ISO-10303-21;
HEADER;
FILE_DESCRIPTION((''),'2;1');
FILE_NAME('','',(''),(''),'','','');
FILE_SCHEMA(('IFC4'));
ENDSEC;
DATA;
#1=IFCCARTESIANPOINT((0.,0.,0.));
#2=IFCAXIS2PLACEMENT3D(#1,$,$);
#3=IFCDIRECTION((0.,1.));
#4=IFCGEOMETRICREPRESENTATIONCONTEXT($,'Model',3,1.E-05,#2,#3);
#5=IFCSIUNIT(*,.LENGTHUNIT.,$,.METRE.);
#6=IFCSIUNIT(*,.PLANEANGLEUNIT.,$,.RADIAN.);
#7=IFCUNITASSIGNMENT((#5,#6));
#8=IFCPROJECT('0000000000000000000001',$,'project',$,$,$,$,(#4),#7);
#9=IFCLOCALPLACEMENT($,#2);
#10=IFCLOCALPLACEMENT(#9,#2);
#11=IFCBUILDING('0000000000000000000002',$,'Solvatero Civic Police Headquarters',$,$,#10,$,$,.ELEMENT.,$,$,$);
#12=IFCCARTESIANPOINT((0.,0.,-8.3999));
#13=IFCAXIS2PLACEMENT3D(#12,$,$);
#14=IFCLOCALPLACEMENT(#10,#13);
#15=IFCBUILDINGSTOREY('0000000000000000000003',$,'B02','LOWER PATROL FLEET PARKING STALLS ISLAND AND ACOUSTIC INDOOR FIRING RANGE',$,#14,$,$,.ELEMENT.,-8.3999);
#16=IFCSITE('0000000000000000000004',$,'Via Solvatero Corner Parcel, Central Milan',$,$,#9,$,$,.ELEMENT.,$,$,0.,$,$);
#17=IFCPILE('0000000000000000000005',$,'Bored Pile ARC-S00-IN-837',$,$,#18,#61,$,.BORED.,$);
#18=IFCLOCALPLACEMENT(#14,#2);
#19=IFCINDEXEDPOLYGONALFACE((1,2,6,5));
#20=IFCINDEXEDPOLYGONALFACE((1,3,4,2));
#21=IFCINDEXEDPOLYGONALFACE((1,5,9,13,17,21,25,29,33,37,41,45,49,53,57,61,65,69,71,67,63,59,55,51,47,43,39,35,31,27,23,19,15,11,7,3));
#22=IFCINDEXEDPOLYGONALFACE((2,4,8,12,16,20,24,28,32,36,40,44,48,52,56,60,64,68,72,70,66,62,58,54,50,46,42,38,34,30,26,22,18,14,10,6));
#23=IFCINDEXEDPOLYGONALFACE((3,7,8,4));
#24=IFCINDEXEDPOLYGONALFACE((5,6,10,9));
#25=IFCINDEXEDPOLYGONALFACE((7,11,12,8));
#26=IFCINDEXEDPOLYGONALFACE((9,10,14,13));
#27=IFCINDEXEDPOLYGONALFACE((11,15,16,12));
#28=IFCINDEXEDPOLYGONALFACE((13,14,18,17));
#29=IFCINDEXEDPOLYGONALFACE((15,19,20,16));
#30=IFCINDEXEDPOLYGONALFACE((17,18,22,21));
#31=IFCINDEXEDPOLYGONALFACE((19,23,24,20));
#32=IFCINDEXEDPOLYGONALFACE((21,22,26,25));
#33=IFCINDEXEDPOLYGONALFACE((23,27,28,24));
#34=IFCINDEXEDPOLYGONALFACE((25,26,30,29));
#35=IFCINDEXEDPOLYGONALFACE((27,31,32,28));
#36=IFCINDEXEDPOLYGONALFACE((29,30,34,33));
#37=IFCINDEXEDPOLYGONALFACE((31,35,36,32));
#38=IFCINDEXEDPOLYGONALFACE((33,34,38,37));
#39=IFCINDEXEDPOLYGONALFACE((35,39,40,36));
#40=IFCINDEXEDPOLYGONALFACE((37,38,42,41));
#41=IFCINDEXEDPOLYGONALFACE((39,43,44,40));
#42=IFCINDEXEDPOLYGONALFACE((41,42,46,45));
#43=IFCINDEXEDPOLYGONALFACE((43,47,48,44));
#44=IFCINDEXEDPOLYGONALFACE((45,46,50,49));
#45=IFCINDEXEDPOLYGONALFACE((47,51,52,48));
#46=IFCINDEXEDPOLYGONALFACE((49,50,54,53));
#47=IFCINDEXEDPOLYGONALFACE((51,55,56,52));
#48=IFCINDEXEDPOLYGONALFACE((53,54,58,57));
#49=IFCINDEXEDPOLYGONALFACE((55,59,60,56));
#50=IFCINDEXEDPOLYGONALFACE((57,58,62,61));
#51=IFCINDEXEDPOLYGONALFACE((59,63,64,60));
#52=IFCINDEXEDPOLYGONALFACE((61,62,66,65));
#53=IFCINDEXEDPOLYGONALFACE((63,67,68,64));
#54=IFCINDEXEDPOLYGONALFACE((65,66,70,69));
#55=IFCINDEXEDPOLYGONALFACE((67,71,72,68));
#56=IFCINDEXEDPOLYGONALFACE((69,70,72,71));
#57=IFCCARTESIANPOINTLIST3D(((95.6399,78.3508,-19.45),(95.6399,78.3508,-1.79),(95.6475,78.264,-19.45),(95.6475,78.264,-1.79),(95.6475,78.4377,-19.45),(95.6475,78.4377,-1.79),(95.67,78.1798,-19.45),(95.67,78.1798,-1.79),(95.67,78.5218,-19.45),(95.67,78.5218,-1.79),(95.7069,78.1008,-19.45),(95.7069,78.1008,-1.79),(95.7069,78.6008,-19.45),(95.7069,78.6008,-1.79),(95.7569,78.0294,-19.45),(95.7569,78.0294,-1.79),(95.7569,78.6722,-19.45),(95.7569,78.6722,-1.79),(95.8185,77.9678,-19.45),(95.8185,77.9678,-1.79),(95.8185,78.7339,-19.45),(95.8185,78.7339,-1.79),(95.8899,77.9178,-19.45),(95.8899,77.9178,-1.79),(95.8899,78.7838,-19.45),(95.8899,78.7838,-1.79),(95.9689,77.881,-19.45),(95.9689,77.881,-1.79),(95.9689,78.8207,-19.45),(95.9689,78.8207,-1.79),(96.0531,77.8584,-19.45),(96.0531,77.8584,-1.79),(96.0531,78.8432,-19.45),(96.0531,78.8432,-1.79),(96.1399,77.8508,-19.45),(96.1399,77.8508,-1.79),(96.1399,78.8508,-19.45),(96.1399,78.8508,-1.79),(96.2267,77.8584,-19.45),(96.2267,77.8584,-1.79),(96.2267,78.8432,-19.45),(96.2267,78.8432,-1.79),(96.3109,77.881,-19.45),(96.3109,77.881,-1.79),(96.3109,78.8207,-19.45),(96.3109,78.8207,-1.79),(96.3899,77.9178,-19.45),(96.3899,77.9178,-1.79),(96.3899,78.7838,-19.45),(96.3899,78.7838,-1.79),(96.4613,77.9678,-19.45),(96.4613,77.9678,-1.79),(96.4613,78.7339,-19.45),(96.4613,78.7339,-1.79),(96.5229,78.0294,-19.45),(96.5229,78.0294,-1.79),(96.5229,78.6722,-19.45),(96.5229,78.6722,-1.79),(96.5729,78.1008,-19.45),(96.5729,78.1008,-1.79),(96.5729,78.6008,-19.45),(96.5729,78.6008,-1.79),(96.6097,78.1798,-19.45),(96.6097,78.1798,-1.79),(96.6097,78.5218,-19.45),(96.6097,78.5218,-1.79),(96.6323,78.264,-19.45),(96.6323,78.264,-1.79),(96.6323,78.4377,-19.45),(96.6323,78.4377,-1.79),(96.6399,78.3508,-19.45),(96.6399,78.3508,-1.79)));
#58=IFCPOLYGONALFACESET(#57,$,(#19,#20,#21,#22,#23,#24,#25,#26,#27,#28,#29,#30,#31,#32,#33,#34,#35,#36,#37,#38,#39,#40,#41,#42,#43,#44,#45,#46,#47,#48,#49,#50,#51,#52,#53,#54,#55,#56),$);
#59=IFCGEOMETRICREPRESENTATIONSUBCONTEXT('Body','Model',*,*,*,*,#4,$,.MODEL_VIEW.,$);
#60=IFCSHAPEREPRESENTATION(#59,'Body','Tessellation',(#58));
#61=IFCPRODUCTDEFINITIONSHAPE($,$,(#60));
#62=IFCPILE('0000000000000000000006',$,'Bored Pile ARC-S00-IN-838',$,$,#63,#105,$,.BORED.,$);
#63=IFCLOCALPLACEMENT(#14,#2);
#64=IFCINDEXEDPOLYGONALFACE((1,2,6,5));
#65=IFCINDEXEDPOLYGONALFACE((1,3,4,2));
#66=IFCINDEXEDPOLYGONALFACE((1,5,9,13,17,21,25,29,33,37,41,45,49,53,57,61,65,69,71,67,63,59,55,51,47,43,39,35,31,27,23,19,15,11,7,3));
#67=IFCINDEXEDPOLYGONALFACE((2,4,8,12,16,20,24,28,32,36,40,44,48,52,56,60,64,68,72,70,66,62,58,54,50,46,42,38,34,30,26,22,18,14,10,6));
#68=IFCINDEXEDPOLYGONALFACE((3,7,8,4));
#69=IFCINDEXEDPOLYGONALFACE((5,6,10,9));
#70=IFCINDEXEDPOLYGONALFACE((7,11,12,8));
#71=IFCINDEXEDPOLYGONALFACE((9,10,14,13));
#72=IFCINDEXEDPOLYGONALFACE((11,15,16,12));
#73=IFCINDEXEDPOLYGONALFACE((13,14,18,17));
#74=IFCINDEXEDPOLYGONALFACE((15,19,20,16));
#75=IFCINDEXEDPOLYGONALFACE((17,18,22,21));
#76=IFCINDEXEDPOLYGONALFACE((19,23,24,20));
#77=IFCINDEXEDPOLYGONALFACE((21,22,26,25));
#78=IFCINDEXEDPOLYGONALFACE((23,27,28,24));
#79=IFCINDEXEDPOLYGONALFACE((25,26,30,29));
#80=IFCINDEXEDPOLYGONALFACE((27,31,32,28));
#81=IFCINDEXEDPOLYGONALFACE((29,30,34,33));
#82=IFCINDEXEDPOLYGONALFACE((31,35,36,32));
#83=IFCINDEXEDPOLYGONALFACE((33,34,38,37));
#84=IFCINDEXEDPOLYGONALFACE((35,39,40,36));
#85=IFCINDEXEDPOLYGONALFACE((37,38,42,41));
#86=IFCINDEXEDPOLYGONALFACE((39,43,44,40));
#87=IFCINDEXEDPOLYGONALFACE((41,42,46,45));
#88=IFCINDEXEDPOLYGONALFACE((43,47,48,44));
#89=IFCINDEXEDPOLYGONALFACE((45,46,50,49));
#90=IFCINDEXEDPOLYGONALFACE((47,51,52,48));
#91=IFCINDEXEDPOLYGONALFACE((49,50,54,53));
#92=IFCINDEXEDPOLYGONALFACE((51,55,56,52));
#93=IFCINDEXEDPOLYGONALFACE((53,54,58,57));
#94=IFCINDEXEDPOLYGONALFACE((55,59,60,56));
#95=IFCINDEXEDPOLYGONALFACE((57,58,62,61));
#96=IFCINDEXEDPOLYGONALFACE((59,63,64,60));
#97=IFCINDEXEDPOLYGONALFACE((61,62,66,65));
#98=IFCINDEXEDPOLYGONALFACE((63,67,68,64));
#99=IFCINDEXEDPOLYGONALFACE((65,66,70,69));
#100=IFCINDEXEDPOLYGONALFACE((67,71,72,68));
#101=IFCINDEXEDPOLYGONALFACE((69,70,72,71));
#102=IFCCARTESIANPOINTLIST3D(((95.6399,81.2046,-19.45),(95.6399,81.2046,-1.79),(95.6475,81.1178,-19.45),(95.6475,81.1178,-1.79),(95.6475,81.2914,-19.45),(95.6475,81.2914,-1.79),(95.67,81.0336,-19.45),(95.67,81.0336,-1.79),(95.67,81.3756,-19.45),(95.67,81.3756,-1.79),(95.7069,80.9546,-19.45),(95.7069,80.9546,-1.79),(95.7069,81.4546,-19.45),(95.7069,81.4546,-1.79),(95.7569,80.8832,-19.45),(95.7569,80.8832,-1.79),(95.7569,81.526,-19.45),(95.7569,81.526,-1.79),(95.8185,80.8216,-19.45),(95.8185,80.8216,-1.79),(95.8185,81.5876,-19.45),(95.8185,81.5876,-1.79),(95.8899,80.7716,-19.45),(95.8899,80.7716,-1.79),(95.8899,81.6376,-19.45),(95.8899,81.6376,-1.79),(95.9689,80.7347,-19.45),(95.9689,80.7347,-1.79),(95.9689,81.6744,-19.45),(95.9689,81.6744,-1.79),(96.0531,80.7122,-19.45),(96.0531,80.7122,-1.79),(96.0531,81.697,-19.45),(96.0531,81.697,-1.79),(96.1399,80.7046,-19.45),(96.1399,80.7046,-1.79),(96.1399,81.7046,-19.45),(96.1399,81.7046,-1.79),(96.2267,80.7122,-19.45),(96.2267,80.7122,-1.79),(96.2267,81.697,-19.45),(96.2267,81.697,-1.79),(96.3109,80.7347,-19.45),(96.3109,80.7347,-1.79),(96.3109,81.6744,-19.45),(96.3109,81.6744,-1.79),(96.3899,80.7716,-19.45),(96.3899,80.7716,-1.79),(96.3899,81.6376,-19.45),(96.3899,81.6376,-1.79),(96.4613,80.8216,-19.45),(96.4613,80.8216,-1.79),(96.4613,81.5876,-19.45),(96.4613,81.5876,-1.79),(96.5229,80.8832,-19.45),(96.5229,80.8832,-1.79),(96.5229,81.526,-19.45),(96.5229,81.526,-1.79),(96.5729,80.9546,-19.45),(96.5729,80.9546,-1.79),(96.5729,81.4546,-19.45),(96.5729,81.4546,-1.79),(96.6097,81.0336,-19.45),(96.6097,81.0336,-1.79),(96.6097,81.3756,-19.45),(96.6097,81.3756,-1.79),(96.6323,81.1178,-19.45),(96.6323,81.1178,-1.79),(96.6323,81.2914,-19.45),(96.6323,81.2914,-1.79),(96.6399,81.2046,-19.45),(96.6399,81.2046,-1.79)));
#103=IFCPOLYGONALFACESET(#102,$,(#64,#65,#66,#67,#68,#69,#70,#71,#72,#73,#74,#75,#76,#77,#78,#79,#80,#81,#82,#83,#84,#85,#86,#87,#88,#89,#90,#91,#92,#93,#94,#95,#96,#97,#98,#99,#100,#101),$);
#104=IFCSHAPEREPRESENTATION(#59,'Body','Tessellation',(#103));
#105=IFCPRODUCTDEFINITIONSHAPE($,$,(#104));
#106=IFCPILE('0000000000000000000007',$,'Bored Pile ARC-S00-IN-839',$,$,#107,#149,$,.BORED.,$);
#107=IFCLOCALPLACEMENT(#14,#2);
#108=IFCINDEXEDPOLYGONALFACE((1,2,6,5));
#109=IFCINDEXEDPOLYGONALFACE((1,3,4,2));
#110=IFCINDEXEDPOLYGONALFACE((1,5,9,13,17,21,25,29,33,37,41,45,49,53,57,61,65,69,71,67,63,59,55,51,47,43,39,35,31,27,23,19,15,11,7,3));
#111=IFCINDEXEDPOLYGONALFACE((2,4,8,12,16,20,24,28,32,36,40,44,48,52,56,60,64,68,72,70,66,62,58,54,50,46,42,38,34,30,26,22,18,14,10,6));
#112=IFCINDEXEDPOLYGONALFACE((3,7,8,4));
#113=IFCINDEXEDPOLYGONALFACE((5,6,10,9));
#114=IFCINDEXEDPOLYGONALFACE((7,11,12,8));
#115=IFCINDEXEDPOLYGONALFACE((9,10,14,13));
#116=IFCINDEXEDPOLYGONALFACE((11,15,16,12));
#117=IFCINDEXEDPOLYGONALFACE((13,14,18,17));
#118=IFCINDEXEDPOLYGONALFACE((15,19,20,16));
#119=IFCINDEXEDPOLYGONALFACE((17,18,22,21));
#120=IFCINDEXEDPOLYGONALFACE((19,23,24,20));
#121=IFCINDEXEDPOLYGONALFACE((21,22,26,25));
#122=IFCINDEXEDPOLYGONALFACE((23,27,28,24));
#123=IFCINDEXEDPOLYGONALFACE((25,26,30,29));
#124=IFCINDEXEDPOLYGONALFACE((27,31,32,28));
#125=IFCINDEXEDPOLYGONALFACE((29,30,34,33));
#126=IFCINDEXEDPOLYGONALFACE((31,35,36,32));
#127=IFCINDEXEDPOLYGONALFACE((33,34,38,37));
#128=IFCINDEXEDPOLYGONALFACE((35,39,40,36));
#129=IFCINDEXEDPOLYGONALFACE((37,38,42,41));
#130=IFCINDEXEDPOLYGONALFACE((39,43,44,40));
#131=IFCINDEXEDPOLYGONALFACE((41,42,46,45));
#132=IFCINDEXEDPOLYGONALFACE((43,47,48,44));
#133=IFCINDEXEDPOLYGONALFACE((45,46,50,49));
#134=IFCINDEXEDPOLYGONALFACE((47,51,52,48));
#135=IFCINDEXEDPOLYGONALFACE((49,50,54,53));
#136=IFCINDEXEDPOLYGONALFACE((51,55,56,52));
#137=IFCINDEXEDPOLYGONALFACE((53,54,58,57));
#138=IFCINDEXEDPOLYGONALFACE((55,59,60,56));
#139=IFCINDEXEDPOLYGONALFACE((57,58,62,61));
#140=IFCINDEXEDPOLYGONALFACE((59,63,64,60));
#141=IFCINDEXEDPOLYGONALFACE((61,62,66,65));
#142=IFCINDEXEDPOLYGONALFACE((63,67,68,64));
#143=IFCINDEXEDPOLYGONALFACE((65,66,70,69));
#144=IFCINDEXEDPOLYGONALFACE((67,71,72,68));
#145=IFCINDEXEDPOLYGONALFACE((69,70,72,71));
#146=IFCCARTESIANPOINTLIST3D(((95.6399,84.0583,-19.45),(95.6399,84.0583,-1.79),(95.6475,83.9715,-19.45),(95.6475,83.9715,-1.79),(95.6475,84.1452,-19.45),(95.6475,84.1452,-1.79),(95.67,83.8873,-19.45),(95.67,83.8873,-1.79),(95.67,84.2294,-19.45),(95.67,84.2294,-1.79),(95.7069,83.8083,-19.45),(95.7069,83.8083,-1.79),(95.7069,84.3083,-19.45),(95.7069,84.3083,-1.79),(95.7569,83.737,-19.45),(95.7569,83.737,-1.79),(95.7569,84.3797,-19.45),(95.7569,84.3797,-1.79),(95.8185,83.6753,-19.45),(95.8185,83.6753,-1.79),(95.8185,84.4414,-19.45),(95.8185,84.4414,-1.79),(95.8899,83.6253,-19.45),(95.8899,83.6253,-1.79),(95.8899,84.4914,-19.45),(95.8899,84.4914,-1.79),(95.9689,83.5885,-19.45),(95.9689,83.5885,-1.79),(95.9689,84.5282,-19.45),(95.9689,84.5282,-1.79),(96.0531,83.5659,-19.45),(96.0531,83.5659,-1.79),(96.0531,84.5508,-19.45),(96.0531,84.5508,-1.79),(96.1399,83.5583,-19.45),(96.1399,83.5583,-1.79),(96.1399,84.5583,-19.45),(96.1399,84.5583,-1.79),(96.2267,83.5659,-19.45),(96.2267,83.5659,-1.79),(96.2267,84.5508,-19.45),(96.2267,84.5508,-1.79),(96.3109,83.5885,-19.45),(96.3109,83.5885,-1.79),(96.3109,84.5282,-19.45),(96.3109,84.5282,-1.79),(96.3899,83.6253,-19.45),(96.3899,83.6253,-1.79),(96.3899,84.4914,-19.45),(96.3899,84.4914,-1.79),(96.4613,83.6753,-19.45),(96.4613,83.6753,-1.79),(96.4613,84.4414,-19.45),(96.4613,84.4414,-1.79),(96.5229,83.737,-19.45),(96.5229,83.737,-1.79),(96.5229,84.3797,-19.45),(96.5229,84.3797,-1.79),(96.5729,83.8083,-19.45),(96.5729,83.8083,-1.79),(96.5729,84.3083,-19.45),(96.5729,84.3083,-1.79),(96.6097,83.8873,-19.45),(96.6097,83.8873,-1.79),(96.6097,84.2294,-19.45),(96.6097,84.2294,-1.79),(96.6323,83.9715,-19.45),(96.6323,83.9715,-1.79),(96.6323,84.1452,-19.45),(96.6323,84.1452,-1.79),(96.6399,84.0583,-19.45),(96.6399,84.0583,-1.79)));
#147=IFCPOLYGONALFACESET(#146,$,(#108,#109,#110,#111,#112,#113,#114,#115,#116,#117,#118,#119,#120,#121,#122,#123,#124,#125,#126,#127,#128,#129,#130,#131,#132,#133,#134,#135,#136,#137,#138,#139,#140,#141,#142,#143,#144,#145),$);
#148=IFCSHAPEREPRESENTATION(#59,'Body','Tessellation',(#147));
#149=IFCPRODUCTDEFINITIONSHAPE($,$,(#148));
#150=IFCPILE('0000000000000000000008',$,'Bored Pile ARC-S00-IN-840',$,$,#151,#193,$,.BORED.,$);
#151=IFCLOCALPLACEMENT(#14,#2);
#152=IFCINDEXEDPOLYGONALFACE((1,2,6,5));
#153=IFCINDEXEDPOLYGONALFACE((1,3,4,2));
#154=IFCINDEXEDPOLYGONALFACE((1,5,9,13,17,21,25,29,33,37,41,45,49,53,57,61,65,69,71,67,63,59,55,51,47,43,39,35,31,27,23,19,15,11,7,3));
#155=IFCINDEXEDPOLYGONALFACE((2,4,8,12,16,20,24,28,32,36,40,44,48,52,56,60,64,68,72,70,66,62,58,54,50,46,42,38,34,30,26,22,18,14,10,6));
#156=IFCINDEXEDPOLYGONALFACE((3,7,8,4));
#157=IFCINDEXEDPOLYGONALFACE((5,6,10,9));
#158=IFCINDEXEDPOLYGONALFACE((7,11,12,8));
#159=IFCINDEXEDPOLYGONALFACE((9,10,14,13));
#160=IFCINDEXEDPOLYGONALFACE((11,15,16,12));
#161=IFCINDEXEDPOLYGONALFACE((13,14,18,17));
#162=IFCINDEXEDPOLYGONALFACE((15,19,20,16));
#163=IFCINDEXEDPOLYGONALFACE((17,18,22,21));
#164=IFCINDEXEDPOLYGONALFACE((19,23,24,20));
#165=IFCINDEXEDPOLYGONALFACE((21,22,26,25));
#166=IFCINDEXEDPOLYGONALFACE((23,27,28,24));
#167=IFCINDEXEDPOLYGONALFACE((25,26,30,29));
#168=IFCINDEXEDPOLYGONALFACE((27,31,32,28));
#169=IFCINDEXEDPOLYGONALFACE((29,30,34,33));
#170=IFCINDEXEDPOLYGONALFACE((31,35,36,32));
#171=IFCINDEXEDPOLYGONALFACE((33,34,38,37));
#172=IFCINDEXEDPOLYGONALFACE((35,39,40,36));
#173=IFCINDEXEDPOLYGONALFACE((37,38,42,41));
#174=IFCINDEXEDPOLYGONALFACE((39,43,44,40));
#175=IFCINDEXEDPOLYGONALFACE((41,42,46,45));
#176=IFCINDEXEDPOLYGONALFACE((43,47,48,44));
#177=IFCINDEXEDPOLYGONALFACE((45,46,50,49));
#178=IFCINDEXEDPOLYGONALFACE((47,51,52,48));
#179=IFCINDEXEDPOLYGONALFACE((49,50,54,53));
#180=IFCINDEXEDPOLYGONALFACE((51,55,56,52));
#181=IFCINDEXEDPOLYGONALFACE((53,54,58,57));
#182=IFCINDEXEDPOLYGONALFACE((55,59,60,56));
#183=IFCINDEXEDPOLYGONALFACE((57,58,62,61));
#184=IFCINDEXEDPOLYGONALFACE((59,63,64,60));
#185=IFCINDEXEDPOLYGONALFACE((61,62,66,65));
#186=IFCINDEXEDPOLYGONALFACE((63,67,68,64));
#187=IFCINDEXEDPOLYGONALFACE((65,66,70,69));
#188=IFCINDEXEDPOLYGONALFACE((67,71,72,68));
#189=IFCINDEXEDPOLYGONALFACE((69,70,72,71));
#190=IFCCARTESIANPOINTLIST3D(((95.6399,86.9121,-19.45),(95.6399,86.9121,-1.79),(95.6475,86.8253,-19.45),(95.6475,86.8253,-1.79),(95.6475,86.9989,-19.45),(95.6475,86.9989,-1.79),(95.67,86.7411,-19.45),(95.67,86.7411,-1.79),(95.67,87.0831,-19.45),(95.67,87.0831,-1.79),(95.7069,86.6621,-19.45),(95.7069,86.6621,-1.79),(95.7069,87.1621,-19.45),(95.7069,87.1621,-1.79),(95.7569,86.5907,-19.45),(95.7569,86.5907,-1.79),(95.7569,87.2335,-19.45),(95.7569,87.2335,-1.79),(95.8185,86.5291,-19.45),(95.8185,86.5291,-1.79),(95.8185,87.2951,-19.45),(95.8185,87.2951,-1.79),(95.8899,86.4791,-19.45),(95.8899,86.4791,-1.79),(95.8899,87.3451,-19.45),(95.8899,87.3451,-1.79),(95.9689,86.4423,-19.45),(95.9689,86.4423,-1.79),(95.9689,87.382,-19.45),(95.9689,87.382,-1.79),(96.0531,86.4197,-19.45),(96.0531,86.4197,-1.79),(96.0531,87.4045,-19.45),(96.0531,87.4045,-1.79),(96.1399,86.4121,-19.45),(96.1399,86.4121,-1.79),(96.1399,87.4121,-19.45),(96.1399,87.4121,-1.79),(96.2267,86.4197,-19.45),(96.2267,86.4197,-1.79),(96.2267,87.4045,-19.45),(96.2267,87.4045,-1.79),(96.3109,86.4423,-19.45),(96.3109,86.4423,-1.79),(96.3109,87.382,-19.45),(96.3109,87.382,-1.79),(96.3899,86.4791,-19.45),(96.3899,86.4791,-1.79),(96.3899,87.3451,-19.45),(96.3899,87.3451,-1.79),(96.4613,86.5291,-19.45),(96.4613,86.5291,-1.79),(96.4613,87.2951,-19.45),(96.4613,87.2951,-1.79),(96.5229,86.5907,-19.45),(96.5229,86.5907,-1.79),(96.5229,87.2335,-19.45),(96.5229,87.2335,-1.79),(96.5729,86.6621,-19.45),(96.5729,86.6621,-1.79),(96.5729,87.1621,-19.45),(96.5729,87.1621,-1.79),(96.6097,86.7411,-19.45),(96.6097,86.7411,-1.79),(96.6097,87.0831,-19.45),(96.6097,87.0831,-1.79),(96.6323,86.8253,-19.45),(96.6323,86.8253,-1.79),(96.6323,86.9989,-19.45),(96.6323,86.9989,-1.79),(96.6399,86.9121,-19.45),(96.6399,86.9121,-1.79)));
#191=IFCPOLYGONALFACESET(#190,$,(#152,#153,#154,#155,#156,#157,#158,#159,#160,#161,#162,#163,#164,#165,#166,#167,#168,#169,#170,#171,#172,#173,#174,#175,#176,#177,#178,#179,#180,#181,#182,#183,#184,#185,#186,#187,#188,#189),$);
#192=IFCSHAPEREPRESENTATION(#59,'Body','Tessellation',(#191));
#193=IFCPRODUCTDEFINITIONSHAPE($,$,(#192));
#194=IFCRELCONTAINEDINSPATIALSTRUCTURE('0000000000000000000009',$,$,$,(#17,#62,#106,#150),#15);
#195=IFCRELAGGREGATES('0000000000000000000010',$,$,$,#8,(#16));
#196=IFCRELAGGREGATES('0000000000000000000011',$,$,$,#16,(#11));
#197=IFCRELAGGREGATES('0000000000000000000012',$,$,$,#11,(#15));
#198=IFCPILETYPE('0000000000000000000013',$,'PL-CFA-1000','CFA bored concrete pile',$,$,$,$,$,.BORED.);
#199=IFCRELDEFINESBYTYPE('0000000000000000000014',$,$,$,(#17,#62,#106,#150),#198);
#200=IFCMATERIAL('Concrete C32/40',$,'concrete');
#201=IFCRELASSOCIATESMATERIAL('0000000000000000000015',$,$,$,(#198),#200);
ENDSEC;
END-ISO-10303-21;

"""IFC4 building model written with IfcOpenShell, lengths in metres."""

from ifc_helpers import new_model, si_unit, direction, frame, origin, origin_2d, place, context, subcontext, project, spatial, circle, extrude, material, material_profile, profile_set, type_object, element, save


model = new_model("IFC4")

# Units and contexts
model_context = context("Model", 3, precision=1e-05, world=origin(), true_north=direction((0.0, 1.0)))
body_context = subcontext(model_context, "Body", "Model", "MODEL_VIEW")
ifc_project = project(units=[si_unit("LENGTHUNIT", "METRE"), si_unit("PLANEANGLEUNIT", "RADIAN")], contexts=[model_context])

# Site, building, storey
site_placement = place(None, origin())
site = spatial("IfcSite", under=ifc_project, at=site_placement, Name="Via Solvatero Corner Parcel, Central Milan", CompositionType="ELEMENT", RefElevation=0.0)
building_placement = place(site_placement, origin())
building = spatial("IfcBuilding", under=site, at=building_placement, Name="Solvatero Civic Police Headquarters", CompositionType="ELEMENT")
storey_placement = place(building_placement, frame((0.0, 0.0, -8.3999)))
storey = spatial("IfcBuildingStorey", under=building, at=storey_placement, Name="B02", Description="LOWER PATROL FLEET PARKING STALLS ISLAND AND ACOUSTIC INDOOR FIRING RANGE", CompositionType="ELEMENT", Elevation=-8.3999)

# Piles
ifc_material_1 = material(Name="Concrete C32/40", Category="concrete")
ifc_material_profile_1 = material_profile(ifc_material_1, circle(Radius=0.5, at=origin_2d()), Name="CFA PILE D1000")
ifc_profile_set_1 = profile_set([ifc_material_profile_1], Name="Concrete C32/40")
pile_type = type_object("IfcPileType", Name="PL-CFA-1000", Description="CFA bored concrete pile", PredefinedType="BORED", material=ifc_profile_set_1)
for number, where, z_axis, x_axis, name in (
    (1, (96.1399, 78.3508, -1.79), (0.0, 0.0, -1.0), (1.0, 0.0, 0.0), "Bored Pile ARC-S00-IN-837"),
    (2, (96.1399, 81.2046, -1.79), (0.0, 0.0, -1.0), (1.0, 0.0, 0.0), "Bored Pile ARC-S00-IN-838"),
    (3, (96.1399, 84.0583, -1.79), (0.0, 0.0, -1.0), (1.0, 0.0, 0.0), "Bored Pile ARC-S00-IN-839"),
    (4, (96.1399, 86.9121, -1.79), (0.0, 0.0, -1.0), (1.0, 0.0, 0.0), "Bored Pile ARC-S00-IN-840"),
):
    element("IfcPile", number, at=place(storey_placement, frame(where, z_axis=z_axis, x_axis=x_axis)), inside=storey, type_object=pile_type, Name=name, PredefinedType="BORED", context=body_context, shape_type="SweptSolid", body=[
        extrude(circle(Radius=0.5, at=origin_2d()), origin(), (0.0, 0.0, 1.0), 17.6599),
    ])

save(model, "model.ifc")
